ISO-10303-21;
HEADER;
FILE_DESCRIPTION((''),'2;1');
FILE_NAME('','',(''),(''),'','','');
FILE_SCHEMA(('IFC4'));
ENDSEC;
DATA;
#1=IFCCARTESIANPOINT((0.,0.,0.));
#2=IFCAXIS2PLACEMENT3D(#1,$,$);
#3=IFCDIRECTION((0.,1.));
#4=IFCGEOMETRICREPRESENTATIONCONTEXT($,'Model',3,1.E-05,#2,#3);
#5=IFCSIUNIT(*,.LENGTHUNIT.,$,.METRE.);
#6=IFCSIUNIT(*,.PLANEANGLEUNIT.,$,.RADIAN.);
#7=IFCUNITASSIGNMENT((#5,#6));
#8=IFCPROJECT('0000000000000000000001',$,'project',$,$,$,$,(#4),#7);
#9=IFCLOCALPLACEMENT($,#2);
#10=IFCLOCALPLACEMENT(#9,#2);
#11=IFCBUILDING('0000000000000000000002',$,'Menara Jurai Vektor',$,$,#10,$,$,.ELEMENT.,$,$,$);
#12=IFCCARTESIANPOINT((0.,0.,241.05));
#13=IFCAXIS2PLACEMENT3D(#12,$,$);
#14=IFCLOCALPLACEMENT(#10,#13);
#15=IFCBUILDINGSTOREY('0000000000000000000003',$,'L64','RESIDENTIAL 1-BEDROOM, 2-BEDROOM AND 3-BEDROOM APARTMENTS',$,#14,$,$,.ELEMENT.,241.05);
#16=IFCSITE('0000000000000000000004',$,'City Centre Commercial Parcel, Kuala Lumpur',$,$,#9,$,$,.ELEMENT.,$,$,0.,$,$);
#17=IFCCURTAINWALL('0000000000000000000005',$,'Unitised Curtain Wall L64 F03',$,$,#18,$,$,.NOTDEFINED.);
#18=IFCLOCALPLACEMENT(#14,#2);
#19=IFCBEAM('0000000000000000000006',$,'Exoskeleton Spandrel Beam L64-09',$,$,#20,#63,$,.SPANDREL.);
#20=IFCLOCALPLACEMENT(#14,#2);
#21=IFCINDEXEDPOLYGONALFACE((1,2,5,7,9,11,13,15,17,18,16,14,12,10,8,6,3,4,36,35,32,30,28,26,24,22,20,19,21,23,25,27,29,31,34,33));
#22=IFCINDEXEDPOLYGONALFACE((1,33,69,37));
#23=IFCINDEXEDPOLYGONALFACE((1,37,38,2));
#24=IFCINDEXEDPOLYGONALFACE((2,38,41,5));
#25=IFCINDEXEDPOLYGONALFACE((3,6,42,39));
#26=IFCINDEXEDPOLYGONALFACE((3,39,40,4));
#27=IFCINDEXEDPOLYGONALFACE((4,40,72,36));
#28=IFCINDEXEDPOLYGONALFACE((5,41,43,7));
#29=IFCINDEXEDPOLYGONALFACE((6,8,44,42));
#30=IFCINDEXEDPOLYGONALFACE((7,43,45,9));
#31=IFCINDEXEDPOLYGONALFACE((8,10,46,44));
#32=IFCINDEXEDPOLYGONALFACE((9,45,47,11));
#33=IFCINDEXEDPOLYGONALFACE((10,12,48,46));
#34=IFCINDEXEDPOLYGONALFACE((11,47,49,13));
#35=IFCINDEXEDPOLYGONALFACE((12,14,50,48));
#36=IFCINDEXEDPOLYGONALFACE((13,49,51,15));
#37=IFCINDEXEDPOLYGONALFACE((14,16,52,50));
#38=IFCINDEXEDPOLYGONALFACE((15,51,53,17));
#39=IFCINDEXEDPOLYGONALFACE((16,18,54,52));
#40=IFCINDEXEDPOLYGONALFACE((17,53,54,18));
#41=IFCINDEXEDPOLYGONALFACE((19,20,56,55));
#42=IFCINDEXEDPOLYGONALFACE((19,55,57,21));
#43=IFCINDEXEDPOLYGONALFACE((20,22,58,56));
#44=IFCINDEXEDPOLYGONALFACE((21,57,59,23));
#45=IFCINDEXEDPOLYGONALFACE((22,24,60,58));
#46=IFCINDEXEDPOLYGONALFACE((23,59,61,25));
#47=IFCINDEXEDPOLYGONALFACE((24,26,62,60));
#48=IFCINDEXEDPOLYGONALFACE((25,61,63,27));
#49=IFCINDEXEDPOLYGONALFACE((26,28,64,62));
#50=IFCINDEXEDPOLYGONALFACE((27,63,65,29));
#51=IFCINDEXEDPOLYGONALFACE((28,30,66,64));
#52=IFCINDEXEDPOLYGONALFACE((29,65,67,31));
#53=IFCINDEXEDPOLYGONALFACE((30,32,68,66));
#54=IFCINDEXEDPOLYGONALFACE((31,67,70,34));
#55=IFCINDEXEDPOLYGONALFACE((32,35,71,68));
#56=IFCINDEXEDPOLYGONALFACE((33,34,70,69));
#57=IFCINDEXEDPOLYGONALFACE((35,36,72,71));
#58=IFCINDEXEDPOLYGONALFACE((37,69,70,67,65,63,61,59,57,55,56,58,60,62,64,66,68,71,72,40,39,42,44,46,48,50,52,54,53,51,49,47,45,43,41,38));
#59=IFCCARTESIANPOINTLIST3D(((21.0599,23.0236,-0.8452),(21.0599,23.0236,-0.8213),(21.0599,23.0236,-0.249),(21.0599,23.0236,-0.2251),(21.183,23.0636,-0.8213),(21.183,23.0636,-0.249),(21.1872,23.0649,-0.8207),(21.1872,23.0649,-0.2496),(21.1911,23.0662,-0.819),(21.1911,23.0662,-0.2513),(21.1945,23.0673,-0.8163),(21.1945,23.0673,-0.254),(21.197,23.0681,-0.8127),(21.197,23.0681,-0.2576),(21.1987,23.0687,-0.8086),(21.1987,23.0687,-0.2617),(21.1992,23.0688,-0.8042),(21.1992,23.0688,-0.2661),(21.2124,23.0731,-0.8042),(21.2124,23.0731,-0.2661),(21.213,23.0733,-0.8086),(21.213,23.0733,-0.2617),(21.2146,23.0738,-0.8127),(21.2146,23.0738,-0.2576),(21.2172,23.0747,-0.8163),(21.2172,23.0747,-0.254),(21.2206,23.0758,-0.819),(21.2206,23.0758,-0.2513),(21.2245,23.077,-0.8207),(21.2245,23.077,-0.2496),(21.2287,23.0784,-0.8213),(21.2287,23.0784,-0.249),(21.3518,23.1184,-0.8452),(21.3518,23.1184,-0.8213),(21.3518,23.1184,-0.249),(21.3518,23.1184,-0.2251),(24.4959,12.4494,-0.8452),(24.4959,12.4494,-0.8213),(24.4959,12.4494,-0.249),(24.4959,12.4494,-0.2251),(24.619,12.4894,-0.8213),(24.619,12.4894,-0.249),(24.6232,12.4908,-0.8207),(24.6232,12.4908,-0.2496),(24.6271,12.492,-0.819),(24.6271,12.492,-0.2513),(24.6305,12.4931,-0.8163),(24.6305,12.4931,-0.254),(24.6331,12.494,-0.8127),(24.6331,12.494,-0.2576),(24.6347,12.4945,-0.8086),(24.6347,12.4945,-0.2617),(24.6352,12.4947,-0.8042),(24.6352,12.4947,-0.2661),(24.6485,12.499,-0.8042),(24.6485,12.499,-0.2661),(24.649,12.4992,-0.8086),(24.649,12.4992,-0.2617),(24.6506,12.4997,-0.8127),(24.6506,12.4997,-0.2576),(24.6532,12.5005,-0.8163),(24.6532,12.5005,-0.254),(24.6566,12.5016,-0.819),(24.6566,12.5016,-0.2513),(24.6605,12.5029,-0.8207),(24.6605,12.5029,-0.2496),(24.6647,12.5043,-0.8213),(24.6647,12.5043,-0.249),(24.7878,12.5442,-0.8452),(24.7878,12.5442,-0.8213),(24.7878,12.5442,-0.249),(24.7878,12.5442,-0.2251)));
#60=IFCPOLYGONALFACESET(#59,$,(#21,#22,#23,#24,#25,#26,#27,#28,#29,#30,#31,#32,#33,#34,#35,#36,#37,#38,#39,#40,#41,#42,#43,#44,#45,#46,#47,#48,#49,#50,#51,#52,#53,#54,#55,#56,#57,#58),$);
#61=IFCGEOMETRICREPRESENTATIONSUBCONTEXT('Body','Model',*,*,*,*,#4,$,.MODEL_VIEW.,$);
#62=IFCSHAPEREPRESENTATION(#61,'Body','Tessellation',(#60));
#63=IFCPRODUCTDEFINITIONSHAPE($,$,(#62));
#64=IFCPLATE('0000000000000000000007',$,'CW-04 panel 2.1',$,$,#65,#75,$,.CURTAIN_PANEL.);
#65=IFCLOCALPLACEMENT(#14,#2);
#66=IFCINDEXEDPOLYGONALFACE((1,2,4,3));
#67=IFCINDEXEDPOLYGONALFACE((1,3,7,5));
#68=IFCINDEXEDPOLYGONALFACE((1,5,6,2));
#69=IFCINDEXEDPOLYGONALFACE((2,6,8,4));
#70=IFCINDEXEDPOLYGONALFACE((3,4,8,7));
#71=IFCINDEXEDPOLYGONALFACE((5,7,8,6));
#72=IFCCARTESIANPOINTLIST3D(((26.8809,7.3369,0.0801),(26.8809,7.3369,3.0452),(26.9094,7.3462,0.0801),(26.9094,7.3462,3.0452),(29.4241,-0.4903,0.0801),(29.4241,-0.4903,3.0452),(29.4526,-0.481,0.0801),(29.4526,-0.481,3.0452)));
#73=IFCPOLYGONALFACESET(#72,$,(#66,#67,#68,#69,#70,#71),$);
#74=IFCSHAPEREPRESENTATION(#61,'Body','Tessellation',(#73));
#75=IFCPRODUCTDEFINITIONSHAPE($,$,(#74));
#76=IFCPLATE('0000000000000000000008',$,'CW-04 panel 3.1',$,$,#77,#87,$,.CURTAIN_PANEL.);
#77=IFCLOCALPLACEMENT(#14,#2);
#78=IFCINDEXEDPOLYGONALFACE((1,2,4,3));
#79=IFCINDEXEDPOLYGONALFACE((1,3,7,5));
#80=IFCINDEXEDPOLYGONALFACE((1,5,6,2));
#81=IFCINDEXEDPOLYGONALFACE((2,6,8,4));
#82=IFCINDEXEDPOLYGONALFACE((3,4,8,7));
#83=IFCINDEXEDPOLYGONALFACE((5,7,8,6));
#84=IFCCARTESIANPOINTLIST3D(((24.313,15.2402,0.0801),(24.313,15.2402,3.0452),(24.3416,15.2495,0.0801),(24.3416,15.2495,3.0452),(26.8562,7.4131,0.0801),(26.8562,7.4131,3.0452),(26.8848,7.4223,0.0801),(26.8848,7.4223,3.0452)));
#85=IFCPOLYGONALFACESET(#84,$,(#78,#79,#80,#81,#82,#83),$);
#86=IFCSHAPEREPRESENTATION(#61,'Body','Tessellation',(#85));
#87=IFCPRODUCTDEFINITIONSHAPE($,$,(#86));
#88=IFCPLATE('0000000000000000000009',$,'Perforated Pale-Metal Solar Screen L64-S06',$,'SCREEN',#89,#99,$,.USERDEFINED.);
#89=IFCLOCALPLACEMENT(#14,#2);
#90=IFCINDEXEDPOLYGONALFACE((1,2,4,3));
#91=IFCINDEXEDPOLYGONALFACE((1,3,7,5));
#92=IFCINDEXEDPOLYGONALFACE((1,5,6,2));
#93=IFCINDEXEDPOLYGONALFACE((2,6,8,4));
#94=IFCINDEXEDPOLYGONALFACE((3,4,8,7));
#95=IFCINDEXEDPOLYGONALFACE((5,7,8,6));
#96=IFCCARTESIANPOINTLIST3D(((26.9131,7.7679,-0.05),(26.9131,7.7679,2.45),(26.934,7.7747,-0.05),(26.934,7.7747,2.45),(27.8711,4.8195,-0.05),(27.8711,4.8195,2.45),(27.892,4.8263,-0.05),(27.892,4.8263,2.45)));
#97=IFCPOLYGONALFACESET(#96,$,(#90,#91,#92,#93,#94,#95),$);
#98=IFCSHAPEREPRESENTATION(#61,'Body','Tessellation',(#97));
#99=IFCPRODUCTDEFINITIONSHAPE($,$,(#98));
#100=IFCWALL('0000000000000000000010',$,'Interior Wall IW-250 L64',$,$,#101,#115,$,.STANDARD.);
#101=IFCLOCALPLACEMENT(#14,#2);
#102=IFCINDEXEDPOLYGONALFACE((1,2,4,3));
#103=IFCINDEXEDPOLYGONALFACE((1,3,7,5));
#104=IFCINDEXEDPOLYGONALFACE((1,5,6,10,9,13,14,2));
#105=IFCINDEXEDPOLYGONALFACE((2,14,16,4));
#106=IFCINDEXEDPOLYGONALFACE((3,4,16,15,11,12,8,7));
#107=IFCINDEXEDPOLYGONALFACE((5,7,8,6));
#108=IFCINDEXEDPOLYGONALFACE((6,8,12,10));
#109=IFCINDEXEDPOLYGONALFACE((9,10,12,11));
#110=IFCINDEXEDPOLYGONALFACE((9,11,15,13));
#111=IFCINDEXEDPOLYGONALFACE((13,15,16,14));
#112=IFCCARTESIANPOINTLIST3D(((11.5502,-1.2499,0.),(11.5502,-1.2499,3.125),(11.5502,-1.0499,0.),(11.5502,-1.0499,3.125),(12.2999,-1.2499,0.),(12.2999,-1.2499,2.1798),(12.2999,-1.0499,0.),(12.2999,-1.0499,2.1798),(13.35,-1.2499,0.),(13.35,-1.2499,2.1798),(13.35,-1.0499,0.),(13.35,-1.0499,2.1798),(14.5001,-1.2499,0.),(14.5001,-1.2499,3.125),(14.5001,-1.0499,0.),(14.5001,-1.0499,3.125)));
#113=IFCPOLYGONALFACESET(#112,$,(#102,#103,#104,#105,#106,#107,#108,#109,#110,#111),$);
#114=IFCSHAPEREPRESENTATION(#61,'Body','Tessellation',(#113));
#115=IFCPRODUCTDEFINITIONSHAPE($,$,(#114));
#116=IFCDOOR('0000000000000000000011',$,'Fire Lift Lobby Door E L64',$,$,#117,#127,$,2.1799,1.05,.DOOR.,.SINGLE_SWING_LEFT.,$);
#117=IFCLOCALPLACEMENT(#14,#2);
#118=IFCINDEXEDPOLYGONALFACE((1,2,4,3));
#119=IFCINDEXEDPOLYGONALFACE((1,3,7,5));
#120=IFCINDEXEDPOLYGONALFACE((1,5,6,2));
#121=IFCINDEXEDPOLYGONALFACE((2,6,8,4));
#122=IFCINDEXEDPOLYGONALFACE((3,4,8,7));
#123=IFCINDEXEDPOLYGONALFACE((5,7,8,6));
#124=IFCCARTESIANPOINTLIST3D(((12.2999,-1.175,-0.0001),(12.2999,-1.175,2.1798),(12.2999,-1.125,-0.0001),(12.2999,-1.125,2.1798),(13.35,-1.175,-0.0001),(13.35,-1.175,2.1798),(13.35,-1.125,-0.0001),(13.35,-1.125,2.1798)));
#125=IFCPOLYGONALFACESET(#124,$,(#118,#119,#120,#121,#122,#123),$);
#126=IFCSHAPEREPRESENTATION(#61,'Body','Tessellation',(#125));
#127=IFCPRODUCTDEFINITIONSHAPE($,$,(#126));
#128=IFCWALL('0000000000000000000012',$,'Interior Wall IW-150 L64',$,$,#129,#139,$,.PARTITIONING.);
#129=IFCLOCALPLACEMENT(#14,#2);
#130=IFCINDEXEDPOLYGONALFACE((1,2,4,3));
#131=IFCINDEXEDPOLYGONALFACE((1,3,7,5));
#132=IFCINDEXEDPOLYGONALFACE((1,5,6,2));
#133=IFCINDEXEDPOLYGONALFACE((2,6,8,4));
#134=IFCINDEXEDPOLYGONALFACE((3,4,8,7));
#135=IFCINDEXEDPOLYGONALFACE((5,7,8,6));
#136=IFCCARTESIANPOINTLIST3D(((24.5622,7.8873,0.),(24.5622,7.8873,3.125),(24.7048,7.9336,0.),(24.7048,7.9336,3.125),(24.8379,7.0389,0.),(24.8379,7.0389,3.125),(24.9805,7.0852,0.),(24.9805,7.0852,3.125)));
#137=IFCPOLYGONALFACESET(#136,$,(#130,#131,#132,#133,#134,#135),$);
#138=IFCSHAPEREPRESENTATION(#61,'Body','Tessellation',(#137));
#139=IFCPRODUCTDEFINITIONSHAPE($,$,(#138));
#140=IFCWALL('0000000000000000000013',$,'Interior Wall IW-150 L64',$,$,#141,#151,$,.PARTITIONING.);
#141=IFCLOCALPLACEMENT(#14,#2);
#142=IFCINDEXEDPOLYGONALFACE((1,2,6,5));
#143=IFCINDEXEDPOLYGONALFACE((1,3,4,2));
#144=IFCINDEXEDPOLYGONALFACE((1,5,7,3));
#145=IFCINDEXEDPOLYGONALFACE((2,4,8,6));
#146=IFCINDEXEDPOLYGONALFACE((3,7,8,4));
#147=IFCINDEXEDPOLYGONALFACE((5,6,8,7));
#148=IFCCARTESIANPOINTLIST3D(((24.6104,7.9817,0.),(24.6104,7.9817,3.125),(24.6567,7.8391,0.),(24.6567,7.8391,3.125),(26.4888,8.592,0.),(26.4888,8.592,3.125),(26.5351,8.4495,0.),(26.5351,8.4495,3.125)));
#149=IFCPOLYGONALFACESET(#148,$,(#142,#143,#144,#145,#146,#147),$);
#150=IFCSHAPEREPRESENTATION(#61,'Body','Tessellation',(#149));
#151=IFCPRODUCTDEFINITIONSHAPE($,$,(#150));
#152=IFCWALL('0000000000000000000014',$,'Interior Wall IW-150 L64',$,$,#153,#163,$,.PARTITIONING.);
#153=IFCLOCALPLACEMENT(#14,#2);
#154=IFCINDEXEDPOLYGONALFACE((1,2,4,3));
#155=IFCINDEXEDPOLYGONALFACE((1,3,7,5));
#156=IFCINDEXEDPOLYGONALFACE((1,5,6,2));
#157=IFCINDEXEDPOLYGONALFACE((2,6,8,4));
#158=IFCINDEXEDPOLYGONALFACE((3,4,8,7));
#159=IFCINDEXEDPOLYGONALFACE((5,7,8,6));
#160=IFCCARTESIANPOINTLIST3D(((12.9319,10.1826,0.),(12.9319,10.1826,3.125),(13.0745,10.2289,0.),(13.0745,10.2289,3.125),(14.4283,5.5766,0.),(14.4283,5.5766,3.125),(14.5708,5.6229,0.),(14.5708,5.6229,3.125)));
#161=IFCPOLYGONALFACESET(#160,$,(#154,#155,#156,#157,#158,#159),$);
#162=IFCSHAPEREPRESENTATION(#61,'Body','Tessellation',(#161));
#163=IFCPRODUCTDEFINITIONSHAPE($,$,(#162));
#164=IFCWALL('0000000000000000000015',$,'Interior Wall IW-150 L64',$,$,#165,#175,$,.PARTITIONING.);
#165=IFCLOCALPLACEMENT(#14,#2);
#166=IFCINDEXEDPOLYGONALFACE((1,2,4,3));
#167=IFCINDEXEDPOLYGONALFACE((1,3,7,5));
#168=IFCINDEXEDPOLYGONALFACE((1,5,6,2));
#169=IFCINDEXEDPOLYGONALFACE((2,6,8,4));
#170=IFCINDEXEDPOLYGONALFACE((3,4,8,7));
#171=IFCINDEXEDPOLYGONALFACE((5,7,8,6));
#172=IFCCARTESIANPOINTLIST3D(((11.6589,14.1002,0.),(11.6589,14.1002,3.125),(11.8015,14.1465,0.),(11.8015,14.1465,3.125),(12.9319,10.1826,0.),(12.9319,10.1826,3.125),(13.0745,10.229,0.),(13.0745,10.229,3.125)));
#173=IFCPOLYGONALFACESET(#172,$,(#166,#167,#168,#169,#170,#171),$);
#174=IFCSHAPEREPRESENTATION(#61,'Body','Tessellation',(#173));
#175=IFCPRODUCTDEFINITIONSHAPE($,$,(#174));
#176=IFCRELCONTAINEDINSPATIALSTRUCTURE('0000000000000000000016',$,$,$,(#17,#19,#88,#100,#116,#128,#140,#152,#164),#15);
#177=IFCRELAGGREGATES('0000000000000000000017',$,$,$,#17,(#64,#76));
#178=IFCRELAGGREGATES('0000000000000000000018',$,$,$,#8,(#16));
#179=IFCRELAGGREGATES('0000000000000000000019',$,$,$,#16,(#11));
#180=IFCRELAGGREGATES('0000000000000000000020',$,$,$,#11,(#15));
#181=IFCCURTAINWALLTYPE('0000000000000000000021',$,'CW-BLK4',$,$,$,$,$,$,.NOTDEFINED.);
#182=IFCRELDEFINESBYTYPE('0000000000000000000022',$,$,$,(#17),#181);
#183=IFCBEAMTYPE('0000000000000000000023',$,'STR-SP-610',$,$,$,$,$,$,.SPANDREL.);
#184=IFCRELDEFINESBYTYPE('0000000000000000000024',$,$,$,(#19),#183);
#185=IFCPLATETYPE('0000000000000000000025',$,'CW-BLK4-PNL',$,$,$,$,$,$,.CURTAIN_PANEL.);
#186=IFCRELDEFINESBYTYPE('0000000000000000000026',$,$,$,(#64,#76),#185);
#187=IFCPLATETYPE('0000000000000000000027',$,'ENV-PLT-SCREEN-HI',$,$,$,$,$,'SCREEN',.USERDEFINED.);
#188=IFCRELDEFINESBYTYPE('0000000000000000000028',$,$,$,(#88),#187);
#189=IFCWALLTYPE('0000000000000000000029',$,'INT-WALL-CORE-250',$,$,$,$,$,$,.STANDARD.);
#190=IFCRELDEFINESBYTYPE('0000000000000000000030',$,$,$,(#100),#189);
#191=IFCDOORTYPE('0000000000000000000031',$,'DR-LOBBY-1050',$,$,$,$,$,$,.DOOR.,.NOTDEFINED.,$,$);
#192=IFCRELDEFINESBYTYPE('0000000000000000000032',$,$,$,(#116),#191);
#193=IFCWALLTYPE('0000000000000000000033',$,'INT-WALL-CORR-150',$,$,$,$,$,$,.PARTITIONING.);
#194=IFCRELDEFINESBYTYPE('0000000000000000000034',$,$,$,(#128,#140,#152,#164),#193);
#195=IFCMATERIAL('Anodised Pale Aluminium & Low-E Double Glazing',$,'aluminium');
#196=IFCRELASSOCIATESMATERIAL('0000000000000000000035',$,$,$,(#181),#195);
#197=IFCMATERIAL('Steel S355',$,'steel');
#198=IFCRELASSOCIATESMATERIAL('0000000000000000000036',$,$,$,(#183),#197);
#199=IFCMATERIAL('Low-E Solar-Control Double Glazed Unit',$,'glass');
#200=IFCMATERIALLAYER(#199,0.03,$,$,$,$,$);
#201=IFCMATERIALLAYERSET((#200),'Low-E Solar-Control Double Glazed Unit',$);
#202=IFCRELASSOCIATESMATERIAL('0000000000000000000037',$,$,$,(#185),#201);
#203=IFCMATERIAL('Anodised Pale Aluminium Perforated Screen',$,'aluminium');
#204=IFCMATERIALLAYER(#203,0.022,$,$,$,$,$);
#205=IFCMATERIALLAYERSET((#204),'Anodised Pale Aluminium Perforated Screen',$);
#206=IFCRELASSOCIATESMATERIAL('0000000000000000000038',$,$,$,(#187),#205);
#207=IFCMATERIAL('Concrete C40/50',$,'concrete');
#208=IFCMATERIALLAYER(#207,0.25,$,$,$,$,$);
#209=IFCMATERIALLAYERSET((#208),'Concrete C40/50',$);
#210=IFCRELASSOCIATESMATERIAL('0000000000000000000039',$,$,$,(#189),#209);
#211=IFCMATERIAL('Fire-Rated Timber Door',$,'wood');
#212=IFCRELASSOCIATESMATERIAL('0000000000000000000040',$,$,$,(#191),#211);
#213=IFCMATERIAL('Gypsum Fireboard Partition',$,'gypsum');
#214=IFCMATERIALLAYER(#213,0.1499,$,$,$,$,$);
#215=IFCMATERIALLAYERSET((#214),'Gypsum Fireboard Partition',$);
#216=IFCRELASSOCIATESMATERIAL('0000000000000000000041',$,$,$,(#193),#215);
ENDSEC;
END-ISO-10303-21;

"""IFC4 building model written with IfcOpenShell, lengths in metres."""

from ifc_helpers import new_model, si_unit, direction, frame, frame_2d, origin, origin_2d, place, context, subcontext, project, spatial, rectangle, i_section, extrude, material, layer, layer_set, material_profile, profile_set, type_object, element, fill, aggregate, save


model = new_model("IFC4")

# Units and contexts
model_context = context("Model", 3, precision=1e-05, world=origin(), true_north=direction((0.0, 1.0)))
body_context = subcontext(model_context, "Body", "Model", "MODEL_VIEW")
ifc_project = project(units=[si_unit("LENGTHUNIT", "METRE"), si_unit("PLANEANGLEUNIT", "RADIAN")], contexts=[model_context])

# Site, building, storey
site_placement = place(None, origin())
site = spatial("IfcSite", under=ifc_project, at=site_placement, Name="City Centre Commercial Parcel, Kuala Lumpur", CompositionType="ELEMENT", RefElevation=0.0)
building_placement = place(site_placement, origin())
building = spatial("IfcBuilding", under=site, at=building_placement, Name="Menara Jurai Vektor", CompositionType="ELEMENT")
storey_placement = place(building_placement, frame((0.0, 0.0, 241.05)))
storey = spatial("IfcBuildingStorey", under=building, at=storey_placement, Name="L64", Description="RESIDENTIAL 1-BEDROOM, 2-BEDROOM AND 3-BEDROOM APARTMENTS", CompositionType="ELEMENT", Elevation=241.05)

# Curtain wall
ifc_material_1 = material(Name="Anodised Pale Aluminium & Low-E Double Glazing", Category="aluminium")
curtain_wall_type = type_object("IfcCurtainWallType", Name="CW-BLK4", PredefinedType="NOTDEFINED", material=ifc_material_1)
curtain_wall_placement = place(storey_placement, origin())
curtain_wall = element("IfcCurtainWall", 1, at=curtain_wall_placement, inside=storey, type_object=curtain_wall_type, Name="Unitised Curtain Wall L64 F03", PredefinedType="NOTDEFINED")

# Beam
ifc_material_2 = material(Name="Steel S355", Category="steel")
ifc_material_profile_1 = material_profile(ifc_material_2, i_section(OverallWidth=0.3069, OverallDepth=0.6201, WebThickness=0.0139, FlangeThickness=0.0239, FilletRadius=0.0171, at=origin_2d()), Name="UKB 610x305x179")
ifc_profile_set_1 = profile_set([ifc_material_profile_1], Name="Steel S355")
beam_type_1 = type_object("IfcBeamType", Name="STR-SP-610", PredefinedType="SPANDREL", material=ifc_profile_set_1)
beam_1_placement = place(storey_placement, frame((24.6418, 12.4968, -0.5352), z_axis=(-0.309038, 0.95105, 0.0), x_axis=(-0.95105, -0.309038, 0.0)))
element("IfcBeam", 2, at=beam_1_placement, inside=storey, type_object=beam_type_1, Name="Exoskeleton Spandrel Beam L64-09", PredefinedType="SPANDREL", context=body_context, shape_type="SweptSolid", body=[
    extrude(i_section(OverallWidth=0.3069, OverallDepth=0.6201, WebThickness=0.0139, FlangeThickness=0.0239, FilletRadius=0.0171, at=origin_2d()), origin(), (0.0, 0.0, 1.0), 11.1184),
])

# Plates
ifc_material_3 = material(Name="Low-E Solar-Control Double Glazed Unit", Category="glass")
ifc_layer_1 = layer(ifc_material_3, 0.03)
ifc_layer_set_1 = layer_set([ifc_layer_1], Name="Low-E Solar-Control Double Glazed Unit")
plate_type_1 = type_object("IfcPlateType", Name="CW-BLK4-PNL", PredefinedType="CURTAIN_PANEL", material=ifc_layer_set_1)
plate_1_placement = place(storey_placement, frame((28.1667, 3.428, 0.0801), z_axis=(0.0, 0.0, 1.0), x_axis=(-0.309016, 0.951057, 0.0)))
plate_1 = element("IfcPlate", 3, at=plate_1_placement, type_object=plate_type_1, Name="CW-04 panel 2.1", PredefinedType="CURTAIN_PANEL", context=body_context, shape_type="SweptSolid", body=[
    extrude(rectangle(XDim=8.23, YDim=0.03, at=origin_2d()), origin(), (0.0, 0.0, 1.0), 2.9651),
])
plate_2_placement = place(storey_placement, frame((25.5989, 11.3313, 0.0801), z_axis=(0.0, 0.0, 1.0), x_axis=(-0.309016, 0.951057, 0.0)))
plate_2 = element("IfcPlate", 4, at=plate_2_placement, type_object=plate_type_1, Name="CW-04 panel 3.1", PredefinedType="CURTAIN_PANEL", context=body_context, shape_type="SweptSolid", body=[
    extrude(rectangle(XDim=8.23, YDim=0.03, at=origin_2d()), origin(), (0.0, 0.0, 1.0), 2.9651),
])
aggregate(curtain_wall, [plate_1, plate_2])
ifc_material_4 = material(Name="Anodised Pale Aluminium Perforated Screen", Category="aluminium")
ifc_layer_2 = layer(ifc_material_4, 0.022)
ifc_layer_set_2 = layer_set([ifc_layer_2], Name="Anodised Pale Aluminium Perforated Screen")
plate_type_2 = type_object("IfcPlateType", Name="ENV-PLT-SCREEN-HI", ElementType="SCREEN", PredefinedType="USERDEFINED", material=ifc_layer_set_2)
plate_3_placement = place(storey_placement, frame((27.4026, 6.2971, -0.05), z_axis=(0.0, 0.0, 1.0), x_axis=(-0.309017, 0.951057, 0.0)))
element("IfcPlate", 5, at=plate_3_placement, inside=storey, type_object=plate_type_2, Name="Perforated Pale-Metal Solar Screen L64-S06", ObjectType="SCREEN", PredefinedType="USERDEFINED", context=body_context, shape_type="SweptSolid", body=[
    extrude(rectangle(XDim=3.1001, YDim=0.022, at=origin_2d()), origin(), (0.0, 0.0, 1.0), 2.5),
])

# Wall, opening, door
ifc_material_5 = material(Name="Concrete C40/50", Category="concrete")
ifc_layer_3 = layer(ifc_material_5, 0.25)
ifc_layer_set_3 = layer_set([ifc_layer_3], Name="Concrete C40/50")
wall_type_1 = type_object("IfcWallType", Name="INT-WALL-CORE-250", PredefinedType="STANDARD", material=ifc_layer_set_3)
wall_1_placement = place(storey_placement, frame((11.55, -1.1499, 0.0), z_axis=(0.0, 0.0, 1.0), x_axis=(1.0, 0.0, 0.0)))
wall_1 = element("IfcWall", 6, at=wall_1_placement, inside=storey, type_object=wall_type_1, Name="Interior Wall IW-250 L64", PredefinedType="STANDARD", context=body_context, shape_type="SweptSolid", body=[
    extrude(rectangle(XDim=2.95, YDim=0.2, at=frame_2d((1.4751, 0.0))), origin(), (0.0, 0.0, 1.0), 3.125),
])
opening_1_placement = place(wall_1_placement, frame((0.75, 0.0, 0.0)))
opening_1 = element("IfcOpeningElement", 7, at=opening_1_placement, cuts=wall_1, PredefinedType="OPENING", context=body_context, shape_type="SweptSolid", body=[
    extrude(rectangle(XDim=1.05, YDim=2.1799, at=frame_2d((0.5249, 1.0898))), frame((0.0, 0.1099, 0.0), z_axis=(0.0, -1.0, 0.0), x_axis=(1.0, 0.0, 0.0)), (0.0, 0.0, 1.0), 0.22),
])
ifc_material_6 = material(Name="Fire-Rated Timber Door", Category="wood")
door_type_1 = type_object("IfcDoorType", Name="DR-LOBBY-1050", OperationType="NOTDEFINED", PredefinedType="DOOR", material=ifc_material_6)
door_1_placement = place(opening_1_placement, origin())
door_1 = element("IfcDoor", 8, at=door_1_placement, inside=storey, type_object=door_type_1, Name="Fire Lift Lobby Door E L64", OperationType="SINGLE_SWING_LEFT", OverallHeight=2.1799, OverallWidth=1.05, PredefinedType="DOOR", context=body_context, shape_type="SweptSolid", body=[
    extrude(rectangle(XDim=1.05, YDim=2.1799, at=frame_2d((0.5249, 1.0898))), frame((0.0, 0.0249, 0.0), z_axis=(0.0, -1.0, 0.0), x_axis=(1.0, 0.0, 0.0)), (0.0, 0.0, 1.0), 0.05),
])
fill(opening_1, door_1)

# Walls
ifc_material_7 = material(Name="Gypsum Fireboard Partition", Category="gypsum")
ifc_layer_4 = layer(ifc_material_7, 0.1499)
ifc_layer_set_4 = layer_set([ifc_layer_4], Name="Gypsum Fireboard Partition")
wall_type_2 = type_object("IfcWallType", Name="INT-WALL-CORR-150", PredefinedType="PARTITIONING", material=ifc_layer_set_4)
wall_2_placement = place(storey_placement, frame((24.9092, 7.062, 0.0), z_axis=(0.0, 0.0, 1.0), x_axis=(-0.308993, 0.951064, 0.0)))
element("IfcWall", 9, at=wall_2_placement, inside=storey, type_object=wall_type_2, Name="Interior Wall IW-150 L64", PredefinedType="PARTITIONING", context=body_context, shape_type="SweptSolid", body=[
    extrude(rectangle(XDim=0.8921, YDim=0.1499, at=frame_2d((0.446, 0.0))), origin(), (0.0, 0.0, 1.0), 3.125),
])
wall_3_placement = place(storey_placement, frame((24.6335, 7.9104, 0.0), z_axis=(0.0, 0.0, 1.0), x_axis=(0.951054, 0.309025, 0.0)))
element("IfcWall", 10, at=wall_3_placement, inside=storey, type_object=wall_type_2, Name="Interior Wall IW-150 L64", PredefinedType="PARTITIONING", context=body_context, shape_type="SweptSolid", body=[
    extrude(rectangle(XDim=1.9751, YDim=0.1499, at=frame_2d((0.9875, 0.0))), origin(), (0.0, 0.0, 1.0), 3.125),
])
wall_4_placement = place(storey_placement, frame((14.4995, 5.5999, 0.0), z_axis=(0.0, 0.0, 1.0), x_axis=(-0.308974, 0.95107, 0.0)))
element("IfcWall", 11, at=wall_4_placement, inside=storey, type_object=wall_type_2, Name="Interior Wall IW-150 L64", PredefinedType="PARTITIONING", context=body_context, shape_type="SweptSolid", body=[
    extrude(rectangle(XDim=4.843, YDim=0.1499, at=frame_2d((2.4214, 0.0))), origin(), (0.0, 0.0, 1.0), 3.125),
])
wall_5_placement = place(storey_placement, frame((13.0032, 10.2058, 0.0), z_axis=(0.0, 0.0, 1.0), x_axis=(-0.309035, 0.951051, 0.0)))
element("IfcWall", 12, at=wall_5_placement, inside=storey, type_object=wall_type_2, Name="Interior Wall IW-150 L64", PredefinedType="PARTITIONING", context=body_context, shape_type="SweptSolid", body=[
    extrude(rectangle(XDim=4.1191, YDim=0.1499, at=frame_2d((2.0596, 0.0))), origin(), (0.0, 0.0, 1.0), 3.125),
])

save(model, "model.ifc")
